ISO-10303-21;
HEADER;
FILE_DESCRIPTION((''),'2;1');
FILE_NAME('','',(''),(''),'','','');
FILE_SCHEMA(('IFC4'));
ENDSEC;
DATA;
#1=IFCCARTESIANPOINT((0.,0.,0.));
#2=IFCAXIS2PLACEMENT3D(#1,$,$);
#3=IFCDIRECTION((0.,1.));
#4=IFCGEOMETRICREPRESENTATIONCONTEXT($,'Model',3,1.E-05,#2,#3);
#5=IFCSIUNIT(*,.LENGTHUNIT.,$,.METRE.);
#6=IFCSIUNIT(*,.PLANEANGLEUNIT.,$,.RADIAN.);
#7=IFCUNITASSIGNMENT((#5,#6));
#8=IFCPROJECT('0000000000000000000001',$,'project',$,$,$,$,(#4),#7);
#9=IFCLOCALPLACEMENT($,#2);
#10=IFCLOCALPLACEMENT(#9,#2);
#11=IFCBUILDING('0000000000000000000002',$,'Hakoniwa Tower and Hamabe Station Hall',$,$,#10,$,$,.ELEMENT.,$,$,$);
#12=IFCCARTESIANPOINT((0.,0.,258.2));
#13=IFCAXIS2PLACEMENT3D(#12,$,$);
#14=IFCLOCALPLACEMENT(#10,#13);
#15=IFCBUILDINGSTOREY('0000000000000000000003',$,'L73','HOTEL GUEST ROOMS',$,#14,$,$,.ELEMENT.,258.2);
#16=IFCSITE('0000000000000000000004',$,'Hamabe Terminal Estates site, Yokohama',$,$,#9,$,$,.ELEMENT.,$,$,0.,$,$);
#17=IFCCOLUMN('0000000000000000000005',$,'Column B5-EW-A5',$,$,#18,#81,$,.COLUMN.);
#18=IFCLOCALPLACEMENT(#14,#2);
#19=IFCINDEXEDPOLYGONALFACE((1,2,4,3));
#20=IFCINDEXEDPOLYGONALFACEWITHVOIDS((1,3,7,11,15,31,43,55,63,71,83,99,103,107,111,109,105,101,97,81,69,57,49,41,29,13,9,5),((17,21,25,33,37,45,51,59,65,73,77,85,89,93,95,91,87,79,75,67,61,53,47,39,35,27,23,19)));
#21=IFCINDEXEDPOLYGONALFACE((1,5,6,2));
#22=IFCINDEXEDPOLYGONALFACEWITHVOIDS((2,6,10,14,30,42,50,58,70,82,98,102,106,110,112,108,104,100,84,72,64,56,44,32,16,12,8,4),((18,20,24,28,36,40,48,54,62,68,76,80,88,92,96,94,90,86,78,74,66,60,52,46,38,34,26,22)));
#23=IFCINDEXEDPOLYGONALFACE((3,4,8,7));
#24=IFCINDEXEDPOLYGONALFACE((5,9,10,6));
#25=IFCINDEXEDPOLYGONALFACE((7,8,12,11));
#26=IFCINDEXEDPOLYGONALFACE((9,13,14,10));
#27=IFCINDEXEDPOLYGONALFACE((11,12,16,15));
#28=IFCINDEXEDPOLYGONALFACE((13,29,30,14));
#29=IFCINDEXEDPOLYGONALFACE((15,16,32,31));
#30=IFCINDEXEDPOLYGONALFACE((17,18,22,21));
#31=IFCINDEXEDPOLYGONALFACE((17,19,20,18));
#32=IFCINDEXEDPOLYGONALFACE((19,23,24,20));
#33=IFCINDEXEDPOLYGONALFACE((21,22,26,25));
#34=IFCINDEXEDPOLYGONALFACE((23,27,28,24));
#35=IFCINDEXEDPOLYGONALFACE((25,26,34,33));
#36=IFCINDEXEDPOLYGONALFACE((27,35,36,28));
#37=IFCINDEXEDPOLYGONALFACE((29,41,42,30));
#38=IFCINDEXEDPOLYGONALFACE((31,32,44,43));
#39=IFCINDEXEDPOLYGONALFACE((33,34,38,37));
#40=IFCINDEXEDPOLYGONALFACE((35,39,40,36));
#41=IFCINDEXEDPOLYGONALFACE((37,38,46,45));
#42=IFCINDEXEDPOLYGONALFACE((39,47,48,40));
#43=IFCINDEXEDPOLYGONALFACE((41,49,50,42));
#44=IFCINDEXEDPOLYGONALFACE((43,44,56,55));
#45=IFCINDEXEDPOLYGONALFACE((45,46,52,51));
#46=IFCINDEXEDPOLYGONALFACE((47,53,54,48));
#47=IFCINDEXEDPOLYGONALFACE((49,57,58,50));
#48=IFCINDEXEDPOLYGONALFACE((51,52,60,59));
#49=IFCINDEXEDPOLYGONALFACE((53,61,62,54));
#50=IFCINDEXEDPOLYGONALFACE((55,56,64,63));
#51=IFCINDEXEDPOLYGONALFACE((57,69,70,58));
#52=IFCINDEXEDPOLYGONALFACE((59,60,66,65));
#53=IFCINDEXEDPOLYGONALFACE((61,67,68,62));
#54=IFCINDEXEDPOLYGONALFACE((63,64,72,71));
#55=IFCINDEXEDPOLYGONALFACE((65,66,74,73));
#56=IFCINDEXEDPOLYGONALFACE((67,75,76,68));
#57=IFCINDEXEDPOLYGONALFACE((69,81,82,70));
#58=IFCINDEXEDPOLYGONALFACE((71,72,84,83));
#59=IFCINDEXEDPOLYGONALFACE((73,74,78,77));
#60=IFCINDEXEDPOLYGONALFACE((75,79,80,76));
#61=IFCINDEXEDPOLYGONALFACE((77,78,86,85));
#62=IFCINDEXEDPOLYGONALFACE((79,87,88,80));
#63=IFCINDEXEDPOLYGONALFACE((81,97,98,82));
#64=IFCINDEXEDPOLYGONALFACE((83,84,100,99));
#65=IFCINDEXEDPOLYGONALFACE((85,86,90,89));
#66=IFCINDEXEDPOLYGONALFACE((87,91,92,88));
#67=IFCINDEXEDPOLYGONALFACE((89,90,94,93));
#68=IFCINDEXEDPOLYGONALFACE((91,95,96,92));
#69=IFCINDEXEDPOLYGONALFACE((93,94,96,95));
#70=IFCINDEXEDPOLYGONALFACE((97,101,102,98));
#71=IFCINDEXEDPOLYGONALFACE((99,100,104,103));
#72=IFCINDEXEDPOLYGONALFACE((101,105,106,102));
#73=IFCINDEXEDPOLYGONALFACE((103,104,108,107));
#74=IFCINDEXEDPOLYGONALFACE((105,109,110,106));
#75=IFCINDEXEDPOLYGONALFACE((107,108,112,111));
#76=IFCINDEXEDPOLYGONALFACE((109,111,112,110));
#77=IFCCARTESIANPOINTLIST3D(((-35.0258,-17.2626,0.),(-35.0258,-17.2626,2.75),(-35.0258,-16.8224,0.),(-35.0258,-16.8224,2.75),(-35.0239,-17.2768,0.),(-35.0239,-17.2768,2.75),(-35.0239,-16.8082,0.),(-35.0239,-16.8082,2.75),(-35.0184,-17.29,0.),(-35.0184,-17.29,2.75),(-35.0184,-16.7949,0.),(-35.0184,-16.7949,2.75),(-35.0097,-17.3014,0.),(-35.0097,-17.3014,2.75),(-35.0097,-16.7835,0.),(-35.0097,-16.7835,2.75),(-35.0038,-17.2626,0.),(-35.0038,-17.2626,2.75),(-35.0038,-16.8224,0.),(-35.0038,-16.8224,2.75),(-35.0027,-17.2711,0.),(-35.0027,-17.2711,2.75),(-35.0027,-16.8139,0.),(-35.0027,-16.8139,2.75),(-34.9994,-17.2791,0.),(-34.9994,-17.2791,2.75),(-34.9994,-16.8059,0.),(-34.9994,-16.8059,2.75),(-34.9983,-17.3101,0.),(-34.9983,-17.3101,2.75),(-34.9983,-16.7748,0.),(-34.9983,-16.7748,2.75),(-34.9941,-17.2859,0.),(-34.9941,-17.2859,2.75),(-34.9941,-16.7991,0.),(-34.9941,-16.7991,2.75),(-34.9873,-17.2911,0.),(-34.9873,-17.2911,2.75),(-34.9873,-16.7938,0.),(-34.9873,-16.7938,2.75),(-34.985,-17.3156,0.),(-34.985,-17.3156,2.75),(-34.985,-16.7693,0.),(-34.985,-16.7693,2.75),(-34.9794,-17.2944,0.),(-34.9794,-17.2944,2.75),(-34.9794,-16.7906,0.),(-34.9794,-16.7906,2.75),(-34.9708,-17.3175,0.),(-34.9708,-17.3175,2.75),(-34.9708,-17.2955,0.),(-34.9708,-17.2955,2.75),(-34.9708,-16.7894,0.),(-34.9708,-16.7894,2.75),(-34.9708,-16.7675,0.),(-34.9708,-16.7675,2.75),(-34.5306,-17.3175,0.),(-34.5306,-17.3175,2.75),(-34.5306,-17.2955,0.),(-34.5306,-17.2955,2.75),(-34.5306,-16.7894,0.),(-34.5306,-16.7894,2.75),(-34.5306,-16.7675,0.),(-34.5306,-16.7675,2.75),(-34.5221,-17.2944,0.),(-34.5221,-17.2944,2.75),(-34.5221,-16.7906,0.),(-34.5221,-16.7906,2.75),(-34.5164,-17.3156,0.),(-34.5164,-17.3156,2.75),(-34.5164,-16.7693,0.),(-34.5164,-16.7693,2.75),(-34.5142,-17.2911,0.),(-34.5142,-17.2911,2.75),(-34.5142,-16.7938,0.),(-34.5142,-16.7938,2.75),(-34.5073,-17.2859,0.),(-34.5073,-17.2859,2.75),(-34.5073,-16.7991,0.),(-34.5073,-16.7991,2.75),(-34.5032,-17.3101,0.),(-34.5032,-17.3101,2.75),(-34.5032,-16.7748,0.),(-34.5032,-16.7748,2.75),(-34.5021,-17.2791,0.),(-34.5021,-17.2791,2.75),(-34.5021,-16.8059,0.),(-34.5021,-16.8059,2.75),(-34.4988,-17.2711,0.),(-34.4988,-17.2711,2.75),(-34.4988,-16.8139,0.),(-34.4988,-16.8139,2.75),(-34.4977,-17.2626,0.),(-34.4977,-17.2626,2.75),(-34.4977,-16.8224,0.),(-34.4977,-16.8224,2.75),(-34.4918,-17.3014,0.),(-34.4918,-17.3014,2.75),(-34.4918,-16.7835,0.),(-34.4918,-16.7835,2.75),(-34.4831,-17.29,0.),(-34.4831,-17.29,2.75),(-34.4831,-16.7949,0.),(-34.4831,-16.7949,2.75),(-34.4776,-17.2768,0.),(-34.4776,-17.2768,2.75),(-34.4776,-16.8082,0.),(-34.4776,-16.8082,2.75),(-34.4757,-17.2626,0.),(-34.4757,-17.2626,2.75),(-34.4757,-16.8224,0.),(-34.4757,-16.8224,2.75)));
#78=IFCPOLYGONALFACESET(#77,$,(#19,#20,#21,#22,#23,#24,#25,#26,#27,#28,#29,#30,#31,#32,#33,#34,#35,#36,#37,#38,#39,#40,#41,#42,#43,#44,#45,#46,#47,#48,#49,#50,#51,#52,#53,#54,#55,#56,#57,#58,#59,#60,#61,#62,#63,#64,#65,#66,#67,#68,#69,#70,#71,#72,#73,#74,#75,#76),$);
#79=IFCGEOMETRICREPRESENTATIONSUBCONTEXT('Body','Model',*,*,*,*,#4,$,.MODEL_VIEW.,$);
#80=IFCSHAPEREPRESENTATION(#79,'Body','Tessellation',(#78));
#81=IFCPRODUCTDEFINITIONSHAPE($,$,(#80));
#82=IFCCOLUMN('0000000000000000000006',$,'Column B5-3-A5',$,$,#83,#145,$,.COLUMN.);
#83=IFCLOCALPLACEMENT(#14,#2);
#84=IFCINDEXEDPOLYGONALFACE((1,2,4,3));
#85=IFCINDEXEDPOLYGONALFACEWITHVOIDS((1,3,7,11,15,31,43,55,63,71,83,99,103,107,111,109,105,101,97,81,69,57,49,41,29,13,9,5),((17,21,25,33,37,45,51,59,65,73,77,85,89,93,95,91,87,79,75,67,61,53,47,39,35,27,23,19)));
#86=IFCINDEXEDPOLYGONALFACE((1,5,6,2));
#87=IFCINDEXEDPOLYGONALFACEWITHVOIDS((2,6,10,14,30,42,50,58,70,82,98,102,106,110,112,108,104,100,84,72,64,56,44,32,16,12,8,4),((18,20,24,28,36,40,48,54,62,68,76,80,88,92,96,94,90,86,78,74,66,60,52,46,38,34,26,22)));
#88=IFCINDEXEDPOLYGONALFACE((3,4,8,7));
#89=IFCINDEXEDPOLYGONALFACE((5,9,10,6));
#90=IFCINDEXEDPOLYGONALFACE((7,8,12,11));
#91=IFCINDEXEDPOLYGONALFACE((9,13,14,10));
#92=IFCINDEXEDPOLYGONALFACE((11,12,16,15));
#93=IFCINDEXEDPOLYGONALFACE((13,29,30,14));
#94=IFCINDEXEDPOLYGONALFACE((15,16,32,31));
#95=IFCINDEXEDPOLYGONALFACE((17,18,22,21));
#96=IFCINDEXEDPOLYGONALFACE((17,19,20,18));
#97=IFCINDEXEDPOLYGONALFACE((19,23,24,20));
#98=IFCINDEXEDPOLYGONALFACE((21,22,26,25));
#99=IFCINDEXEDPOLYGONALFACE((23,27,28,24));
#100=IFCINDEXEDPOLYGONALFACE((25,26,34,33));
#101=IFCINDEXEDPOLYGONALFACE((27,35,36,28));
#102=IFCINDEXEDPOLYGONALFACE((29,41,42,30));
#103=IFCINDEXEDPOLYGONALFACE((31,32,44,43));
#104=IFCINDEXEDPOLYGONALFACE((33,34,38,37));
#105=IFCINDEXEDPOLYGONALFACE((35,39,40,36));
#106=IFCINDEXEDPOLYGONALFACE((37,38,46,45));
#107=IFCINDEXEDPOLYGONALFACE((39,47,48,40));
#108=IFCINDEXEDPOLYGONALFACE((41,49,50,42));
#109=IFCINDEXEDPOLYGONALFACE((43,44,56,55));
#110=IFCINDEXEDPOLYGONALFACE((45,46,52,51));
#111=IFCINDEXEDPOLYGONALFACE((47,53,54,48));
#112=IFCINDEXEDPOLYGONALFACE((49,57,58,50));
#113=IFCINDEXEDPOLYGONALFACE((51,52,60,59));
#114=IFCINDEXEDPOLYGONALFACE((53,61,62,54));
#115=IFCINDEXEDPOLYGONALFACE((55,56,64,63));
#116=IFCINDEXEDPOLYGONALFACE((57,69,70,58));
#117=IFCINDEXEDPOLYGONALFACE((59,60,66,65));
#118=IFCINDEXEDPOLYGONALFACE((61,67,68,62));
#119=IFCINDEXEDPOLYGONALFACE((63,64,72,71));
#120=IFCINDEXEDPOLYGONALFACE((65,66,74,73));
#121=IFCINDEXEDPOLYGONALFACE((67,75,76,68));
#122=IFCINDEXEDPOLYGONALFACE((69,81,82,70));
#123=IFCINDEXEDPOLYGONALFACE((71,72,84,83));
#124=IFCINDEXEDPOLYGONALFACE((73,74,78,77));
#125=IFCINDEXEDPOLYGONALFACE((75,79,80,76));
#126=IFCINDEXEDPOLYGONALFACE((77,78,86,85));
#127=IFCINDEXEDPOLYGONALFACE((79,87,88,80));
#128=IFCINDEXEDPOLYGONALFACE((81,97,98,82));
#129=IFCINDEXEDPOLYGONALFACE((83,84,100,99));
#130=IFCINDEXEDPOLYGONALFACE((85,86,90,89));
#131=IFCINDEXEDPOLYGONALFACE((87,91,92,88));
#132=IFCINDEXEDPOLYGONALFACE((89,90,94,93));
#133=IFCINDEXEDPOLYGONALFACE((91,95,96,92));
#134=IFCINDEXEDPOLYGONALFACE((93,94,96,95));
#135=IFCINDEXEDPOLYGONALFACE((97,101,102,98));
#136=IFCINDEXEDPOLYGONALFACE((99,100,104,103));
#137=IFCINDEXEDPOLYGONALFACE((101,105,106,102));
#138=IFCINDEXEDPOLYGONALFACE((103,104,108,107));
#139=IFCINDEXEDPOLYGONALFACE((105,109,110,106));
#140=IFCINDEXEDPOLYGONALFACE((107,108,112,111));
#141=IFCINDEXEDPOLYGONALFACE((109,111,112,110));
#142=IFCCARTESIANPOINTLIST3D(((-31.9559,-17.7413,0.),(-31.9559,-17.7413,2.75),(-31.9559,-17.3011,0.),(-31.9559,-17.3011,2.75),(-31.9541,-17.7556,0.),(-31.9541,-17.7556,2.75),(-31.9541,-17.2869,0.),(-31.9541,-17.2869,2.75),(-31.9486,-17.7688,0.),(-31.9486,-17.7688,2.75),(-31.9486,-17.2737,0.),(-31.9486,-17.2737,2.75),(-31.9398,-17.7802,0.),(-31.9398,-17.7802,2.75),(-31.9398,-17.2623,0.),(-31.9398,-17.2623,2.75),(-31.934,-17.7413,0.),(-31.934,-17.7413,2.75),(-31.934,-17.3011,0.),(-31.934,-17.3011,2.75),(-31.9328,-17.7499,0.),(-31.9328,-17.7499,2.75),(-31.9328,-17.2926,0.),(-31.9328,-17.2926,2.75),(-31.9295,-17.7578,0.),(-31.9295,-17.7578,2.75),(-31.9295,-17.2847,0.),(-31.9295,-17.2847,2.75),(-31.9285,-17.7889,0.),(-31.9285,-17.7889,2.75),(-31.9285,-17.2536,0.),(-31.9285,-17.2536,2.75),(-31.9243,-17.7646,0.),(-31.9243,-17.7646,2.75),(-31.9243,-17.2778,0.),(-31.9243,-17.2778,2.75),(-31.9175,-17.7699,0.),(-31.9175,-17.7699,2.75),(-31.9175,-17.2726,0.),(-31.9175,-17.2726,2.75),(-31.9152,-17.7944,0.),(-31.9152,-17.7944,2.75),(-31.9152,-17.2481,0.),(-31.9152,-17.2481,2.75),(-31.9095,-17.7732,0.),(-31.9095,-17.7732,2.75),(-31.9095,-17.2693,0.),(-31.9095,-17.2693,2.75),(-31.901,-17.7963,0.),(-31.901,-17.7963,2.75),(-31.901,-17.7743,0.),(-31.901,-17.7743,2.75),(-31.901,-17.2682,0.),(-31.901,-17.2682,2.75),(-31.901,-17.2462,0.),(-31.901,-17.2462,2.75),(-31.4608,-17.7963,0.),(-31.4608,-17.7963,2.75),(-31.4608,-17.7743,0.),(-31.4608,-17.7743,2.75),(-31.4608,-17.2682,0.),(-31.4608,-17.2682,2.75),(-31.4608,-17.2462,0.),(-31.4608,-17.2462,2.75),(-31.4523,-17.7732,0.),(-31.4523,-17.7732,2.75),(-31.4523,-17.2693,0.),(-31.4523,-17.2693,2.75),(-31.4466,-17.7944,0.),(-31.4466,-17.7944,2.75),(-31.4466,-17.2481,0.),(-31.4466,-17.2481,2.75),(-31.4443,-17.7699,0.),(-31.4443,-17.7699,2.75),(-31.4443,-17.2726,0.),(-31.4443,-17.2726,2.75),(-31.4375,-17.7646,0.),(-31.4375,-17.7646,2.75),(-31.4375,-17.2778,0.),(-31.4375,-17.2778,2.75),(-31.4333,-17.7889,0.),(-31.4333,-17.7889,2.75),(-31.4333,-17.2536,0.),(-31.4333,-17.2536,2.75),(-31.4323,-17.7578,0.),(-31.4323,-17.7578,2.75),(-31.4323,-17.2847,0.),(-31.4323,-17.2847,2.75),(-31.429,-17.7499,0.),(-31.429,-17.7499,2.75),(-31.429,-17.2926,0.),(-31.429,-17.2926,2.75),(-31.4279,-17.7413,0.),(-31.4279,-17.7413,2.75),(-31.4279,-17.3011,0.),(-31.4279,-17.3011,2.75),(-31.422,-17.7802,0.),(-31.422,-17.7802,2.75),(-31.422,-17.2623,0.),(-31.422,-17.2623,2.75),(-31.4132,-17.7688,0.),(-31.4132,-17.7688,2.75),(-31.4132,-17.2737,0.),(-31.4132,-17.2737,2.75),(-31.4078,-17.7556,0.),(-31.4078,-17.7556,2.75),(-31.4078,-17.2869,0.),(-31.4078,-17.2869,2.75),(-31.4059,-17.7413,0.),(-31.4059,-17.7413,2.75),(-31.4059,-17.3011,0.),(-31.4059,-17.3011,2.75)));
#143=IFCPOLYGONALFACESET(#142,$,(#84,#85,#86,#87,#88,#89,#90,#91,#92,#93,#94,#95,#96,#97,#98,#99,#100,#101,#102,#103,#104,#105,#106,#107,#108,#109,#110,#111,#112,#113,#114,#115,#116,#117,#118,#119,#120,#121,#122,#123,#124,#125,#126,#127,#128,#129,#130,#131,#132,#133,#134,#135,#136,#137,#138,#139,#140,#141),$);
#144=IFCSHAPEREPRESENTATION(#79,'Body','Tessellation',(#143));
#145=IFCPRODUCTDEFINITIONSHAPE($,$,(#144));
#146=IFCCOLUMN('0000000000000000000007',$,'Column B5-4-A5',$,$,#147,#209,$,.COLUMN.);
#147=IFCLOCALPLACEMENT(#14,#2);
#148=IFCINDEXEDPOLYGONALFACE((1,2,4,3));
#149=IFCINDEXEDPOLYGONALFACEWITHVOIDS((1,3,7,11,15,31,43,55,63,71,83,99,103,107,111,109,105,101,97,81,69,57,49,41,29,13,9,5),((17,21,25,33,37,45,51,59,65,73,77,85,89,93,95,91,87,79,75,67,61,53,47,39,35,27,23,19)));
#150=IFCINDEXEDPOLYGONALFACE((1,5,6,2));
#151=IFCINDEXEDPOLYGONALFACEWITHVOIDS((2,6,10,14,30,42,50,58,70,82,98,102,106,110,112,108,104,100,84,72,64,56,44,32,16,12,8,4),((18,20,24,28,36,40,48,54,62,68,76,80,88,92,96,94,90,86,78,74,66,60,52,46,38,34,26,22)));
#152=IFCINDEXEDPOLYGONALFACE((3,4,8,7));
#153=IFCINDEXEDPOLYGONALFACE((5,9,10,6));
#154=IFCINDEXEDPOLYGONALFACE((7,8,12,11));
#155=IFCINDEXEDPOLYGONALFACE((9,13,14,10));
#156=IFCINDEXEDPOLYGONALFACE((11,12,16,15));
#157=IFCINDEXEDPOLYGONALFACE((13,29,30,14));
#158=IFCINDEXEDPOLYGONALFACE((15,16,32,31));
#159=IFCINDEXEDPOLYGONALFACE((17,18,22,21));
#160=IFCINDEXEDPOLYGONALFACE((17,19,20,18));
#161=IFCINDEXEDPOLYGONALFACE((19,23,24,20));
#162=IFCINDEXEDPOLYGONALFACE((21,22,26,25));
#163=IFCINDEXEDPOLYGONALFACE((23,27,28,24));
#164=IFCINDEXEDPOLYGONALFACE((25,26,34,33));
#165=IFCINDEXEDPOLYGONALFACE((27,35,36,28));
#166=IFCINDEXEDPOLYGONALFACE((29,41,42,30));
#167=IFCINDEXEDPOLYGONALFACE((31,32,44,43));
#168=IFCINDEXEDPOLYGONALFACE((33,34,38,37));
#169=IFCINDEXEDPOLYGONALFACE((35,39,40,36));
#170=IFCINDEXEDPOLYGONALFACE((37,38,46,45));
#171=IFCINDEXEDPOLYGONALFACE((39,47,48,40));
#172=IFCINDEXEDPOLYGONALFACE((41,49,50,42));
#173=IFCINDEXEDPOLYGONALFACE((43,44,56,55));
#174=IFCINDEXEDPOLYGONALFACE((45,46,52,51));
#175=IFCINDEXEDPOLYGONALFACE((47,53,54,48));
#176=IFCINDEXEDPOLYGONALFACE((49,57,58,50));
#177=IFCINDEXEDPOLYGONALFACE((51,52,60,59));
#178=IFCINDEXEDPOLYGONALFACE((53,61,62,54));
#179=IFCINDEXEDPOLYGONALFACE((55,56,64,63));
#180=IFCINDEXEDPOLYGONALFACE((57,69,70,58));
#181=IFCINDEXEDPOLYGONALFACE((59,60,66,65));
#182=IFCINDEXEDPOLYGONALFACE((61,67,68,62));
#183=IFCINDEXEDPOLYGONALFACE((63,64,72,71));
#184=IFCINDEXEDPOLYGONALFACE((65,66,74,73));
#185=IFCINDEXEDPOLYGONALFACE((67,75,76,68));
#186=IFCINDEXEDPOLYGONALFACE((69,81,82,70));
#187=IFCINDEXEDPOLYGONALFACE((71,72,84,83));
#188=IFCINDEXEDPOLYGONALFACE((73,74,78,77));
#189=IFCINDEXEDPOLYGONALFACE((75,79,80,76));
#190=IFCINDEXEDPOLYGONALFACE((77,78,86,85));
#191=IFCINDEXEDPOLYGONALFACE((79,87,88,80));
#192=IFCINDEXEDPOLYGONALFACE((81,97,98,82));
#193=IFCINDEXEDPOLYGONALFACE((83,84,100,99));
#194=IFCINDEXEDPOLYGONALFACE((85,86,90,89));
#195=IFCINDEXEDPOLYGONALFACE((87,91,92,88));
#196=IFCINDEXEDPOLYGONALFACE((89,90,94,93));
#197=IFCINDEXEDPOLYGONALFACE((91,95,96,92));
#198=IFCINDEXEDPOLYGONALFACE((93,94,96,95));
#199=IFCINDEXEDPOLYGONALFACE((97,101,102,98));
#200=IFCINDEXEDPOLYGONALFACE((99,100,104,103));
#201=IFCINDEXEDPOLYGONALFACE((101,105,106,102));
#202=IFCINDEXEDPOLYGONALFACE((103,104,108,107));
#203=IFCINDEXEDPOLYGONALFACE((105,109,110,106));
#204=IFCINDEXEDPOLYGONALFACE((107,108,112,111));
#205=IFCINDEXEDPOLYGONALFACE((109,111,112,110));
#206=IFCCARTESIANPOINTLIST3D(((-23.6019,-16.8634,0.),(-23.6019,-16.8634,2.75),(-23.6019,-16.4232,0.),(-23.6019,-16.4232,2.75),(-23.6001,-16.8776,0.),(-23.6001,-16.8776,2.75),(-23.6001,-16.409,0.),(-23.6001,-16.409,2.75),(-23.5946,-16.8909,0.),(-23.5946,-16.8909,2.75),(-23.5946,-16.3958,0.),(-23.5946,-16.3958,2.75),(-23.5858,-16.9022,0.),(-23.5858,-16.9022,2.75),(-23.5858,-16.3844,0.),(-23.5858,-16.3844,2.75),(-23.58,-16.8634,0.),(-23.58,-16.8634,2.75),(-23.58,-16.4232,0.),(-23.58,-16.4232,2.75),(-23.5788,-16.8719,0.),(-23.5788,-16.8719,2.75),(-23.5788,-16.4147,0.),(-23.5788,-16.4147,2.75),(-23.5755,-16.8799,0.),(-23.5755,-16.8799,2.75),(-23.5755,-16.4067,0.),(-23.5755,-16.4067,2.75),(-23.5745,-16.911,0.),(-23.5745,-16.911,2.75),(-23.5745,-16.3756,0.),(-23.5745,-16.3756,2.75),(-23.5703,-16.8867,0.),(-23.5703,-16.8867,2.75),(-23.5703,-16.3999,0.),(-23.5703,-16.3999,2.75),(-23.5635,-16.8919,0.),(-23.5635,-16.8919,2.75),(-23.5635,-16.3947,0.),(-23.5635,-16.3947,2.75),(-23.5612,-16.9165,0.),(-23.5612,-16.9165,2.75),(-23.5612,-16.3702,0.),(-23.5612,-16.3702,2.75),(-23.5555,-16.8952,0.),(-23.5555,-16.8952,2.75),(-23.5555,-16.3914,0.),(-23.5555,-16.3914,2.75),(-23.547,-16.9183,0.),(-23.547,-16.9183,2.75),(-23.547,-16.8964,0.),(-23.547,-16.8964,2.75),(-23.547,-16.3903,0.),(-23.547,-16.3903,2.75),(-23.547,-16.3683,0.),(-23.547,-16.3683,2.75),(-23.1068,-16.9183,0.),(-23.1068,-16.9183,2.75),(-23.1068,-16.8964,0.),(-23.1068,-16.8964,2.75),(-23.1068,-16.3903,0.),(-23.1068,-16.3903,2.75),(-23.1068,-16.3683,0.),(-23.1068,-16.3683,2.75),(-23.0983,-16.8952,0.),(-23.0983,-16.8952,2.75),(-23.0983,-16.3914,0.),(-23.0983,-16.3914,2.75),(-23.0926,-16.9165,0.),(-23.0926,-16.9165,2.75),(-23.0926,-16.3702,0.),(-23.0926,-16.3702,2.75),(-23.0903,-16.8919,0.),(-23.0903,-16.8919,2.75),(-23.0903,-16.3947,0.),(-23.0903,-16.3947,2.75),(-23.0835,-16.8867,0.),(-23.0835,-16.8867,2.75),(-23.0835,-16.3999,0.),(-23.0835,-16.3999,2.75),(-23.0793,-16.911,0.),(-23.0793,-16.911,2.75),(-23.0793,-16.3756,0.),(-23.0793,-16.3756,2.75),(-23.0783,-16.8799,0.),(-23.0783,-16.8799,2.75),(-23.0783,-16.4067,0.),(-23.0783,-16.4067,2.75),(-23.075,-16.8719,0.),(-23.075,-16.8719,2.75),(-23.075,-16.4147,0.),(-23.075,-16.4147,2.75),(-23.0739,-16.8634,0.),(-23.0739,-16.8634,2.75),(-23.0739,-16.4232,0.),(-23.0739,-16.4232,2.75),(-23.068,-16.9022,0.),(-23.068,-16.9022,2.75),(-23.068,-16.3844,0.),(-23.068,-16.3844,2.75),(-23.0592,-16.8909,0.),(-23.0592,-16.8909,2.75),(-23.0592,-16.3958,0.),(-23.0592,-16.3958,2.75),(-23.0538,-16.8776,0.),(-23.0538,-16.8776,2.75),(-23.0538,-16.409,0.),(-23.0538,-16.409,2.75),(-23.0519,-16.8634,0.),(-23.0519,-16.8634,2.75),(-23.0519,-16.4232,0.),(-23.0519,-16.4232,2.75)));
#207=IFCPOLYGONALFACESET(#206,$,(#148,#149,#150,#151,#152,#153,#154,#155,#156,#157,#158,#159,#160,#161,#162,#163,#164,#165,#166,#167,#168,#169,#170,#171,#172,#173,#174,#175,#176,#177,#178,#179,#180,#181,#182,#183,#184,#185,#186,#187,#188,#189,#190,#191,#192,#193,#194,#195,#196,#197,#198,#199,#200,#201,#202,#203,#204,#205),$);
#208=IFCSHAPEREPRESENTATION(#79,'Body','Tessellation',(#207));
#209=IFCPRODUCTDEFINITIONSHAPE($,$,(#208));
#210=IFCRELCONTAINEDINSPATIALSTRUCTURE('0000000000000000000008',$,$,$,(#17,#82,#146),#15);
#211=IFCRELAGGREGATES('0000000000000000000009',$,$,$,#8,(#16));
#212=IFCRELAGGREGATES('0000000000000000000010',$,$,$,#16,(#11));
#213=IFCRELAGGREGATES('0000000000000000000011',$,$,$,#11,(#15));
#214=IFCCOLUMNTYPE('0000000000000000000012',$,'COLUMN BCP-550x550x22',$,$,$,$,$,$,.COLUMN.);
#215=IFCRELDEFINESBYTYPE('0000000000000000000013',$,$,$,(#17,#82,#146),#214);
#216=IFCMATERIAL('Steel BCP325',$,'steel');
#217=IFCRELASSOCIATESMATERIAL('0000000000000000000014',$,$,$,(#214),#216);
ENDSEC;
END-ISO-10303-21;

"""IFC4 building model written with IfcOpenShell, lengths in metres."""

from ifc_helpers import new_model, si_unit, direction, frame, origin, origin_2d, place, context, subcontext, project, spatial, hollow_rectangle, extrude, material, material_profile, profile_set, type_object, element, save


model = new_model("IFC4")

# Units and contexts
model_context = context("Model", 3, precision=1e-05, world=origin(), true_north=direction((0.0, 1.0)))
body_context = subcontext(model_context, "Body", "Model", "MODEL_VIEW")
ifc_project = project(units=[si_unit("LENGTHUNIT", "METRE"), si_unit("PLANEANGLEUNIT", "RADIAN")], contexts=[model_context])

# Site, building, storey
site_placement = place(None, origin())
site = spatial("IfcSite", under=ifc_project, at=site_placement, Name="Hamabe Terminal Estates site, Yokohama", CompositionType="ELEMENT", RefElevation=0.0)
building_placement = place(site_placement, origin())
building = spatial("IfcBuilding", under=site, at=building_placement, Name="Hakoniwa Tower and Hamabe Station Hall", CompositionType="ELEMENT")
storey_placement = place(building_placement, frame((0.0, 0.0, 258.2)))
storey = spatial("IfcBuildingStorey", under=building, at=storey_placement, Name="L73", Description="HOTEL GUEST ROOMS", CompositionType="ELEMENT", Elevation=258.2)

# Columns
ifc_material_1 = material(Name="Steel BCP325", Category="steel")
ifc_material_profile_1 = material_profile(ifc_material_1, hollow_rectangle(XDim=0.55, YDim=0.55, WallThickness=0.022, InnerFilletRadius=0.033, OuterFilletRadius=0.0549, at=origin_2d()), Name="BCP-550x550x22")
ifc_profile_set_1 = profile_set([ifc_material_profile_1], Name="Steel BCP325")
column_type = type_object("IfcColumnType", Name="COLUMN BCP-550x550x22", PredefinedType="COLUMN", material=ifc_profile_set_1)
for number, where, z_axis, x_axis, name in (
    (1, (-34.7507, -17.0425, 0.0), (0.0, 0.0, 1.0), (1.0, 0.0, 0.0), "Column B5-EW-A5"),
    (2, (-31.6809, -17.5212, 0.0), (0.0, 0.0, 1.0), (1.0, 0.0, 0.0), "Column B5-3-A5"),
    (3, (-23.3269, -16.6433, 0.0), (0.0, 0.0, 1.0), (1.0, 0.0, 0.0), "Column B5-4-A5"),
):
    element("IfcColumn", number, at=place(storey_placement, frame(where, z_axis=z_axis, x_axis=x_axis)), inside=storey, type_object=column_type, Name=name, PredefinedType="COLUMN", context=body_context, shape_type="SweptSolid", body=[
        extrude(hollow_rectangle(XDim=0.55, YDim=0.55, WallThickness=0.022, InnerFilletRadius=0.033, OuterFilletRadius=0.0549, at=origin_2d()), origin(), (0.0, 0.0, 1.0), 2.75),
    ])

save(model, "model.ifc")
